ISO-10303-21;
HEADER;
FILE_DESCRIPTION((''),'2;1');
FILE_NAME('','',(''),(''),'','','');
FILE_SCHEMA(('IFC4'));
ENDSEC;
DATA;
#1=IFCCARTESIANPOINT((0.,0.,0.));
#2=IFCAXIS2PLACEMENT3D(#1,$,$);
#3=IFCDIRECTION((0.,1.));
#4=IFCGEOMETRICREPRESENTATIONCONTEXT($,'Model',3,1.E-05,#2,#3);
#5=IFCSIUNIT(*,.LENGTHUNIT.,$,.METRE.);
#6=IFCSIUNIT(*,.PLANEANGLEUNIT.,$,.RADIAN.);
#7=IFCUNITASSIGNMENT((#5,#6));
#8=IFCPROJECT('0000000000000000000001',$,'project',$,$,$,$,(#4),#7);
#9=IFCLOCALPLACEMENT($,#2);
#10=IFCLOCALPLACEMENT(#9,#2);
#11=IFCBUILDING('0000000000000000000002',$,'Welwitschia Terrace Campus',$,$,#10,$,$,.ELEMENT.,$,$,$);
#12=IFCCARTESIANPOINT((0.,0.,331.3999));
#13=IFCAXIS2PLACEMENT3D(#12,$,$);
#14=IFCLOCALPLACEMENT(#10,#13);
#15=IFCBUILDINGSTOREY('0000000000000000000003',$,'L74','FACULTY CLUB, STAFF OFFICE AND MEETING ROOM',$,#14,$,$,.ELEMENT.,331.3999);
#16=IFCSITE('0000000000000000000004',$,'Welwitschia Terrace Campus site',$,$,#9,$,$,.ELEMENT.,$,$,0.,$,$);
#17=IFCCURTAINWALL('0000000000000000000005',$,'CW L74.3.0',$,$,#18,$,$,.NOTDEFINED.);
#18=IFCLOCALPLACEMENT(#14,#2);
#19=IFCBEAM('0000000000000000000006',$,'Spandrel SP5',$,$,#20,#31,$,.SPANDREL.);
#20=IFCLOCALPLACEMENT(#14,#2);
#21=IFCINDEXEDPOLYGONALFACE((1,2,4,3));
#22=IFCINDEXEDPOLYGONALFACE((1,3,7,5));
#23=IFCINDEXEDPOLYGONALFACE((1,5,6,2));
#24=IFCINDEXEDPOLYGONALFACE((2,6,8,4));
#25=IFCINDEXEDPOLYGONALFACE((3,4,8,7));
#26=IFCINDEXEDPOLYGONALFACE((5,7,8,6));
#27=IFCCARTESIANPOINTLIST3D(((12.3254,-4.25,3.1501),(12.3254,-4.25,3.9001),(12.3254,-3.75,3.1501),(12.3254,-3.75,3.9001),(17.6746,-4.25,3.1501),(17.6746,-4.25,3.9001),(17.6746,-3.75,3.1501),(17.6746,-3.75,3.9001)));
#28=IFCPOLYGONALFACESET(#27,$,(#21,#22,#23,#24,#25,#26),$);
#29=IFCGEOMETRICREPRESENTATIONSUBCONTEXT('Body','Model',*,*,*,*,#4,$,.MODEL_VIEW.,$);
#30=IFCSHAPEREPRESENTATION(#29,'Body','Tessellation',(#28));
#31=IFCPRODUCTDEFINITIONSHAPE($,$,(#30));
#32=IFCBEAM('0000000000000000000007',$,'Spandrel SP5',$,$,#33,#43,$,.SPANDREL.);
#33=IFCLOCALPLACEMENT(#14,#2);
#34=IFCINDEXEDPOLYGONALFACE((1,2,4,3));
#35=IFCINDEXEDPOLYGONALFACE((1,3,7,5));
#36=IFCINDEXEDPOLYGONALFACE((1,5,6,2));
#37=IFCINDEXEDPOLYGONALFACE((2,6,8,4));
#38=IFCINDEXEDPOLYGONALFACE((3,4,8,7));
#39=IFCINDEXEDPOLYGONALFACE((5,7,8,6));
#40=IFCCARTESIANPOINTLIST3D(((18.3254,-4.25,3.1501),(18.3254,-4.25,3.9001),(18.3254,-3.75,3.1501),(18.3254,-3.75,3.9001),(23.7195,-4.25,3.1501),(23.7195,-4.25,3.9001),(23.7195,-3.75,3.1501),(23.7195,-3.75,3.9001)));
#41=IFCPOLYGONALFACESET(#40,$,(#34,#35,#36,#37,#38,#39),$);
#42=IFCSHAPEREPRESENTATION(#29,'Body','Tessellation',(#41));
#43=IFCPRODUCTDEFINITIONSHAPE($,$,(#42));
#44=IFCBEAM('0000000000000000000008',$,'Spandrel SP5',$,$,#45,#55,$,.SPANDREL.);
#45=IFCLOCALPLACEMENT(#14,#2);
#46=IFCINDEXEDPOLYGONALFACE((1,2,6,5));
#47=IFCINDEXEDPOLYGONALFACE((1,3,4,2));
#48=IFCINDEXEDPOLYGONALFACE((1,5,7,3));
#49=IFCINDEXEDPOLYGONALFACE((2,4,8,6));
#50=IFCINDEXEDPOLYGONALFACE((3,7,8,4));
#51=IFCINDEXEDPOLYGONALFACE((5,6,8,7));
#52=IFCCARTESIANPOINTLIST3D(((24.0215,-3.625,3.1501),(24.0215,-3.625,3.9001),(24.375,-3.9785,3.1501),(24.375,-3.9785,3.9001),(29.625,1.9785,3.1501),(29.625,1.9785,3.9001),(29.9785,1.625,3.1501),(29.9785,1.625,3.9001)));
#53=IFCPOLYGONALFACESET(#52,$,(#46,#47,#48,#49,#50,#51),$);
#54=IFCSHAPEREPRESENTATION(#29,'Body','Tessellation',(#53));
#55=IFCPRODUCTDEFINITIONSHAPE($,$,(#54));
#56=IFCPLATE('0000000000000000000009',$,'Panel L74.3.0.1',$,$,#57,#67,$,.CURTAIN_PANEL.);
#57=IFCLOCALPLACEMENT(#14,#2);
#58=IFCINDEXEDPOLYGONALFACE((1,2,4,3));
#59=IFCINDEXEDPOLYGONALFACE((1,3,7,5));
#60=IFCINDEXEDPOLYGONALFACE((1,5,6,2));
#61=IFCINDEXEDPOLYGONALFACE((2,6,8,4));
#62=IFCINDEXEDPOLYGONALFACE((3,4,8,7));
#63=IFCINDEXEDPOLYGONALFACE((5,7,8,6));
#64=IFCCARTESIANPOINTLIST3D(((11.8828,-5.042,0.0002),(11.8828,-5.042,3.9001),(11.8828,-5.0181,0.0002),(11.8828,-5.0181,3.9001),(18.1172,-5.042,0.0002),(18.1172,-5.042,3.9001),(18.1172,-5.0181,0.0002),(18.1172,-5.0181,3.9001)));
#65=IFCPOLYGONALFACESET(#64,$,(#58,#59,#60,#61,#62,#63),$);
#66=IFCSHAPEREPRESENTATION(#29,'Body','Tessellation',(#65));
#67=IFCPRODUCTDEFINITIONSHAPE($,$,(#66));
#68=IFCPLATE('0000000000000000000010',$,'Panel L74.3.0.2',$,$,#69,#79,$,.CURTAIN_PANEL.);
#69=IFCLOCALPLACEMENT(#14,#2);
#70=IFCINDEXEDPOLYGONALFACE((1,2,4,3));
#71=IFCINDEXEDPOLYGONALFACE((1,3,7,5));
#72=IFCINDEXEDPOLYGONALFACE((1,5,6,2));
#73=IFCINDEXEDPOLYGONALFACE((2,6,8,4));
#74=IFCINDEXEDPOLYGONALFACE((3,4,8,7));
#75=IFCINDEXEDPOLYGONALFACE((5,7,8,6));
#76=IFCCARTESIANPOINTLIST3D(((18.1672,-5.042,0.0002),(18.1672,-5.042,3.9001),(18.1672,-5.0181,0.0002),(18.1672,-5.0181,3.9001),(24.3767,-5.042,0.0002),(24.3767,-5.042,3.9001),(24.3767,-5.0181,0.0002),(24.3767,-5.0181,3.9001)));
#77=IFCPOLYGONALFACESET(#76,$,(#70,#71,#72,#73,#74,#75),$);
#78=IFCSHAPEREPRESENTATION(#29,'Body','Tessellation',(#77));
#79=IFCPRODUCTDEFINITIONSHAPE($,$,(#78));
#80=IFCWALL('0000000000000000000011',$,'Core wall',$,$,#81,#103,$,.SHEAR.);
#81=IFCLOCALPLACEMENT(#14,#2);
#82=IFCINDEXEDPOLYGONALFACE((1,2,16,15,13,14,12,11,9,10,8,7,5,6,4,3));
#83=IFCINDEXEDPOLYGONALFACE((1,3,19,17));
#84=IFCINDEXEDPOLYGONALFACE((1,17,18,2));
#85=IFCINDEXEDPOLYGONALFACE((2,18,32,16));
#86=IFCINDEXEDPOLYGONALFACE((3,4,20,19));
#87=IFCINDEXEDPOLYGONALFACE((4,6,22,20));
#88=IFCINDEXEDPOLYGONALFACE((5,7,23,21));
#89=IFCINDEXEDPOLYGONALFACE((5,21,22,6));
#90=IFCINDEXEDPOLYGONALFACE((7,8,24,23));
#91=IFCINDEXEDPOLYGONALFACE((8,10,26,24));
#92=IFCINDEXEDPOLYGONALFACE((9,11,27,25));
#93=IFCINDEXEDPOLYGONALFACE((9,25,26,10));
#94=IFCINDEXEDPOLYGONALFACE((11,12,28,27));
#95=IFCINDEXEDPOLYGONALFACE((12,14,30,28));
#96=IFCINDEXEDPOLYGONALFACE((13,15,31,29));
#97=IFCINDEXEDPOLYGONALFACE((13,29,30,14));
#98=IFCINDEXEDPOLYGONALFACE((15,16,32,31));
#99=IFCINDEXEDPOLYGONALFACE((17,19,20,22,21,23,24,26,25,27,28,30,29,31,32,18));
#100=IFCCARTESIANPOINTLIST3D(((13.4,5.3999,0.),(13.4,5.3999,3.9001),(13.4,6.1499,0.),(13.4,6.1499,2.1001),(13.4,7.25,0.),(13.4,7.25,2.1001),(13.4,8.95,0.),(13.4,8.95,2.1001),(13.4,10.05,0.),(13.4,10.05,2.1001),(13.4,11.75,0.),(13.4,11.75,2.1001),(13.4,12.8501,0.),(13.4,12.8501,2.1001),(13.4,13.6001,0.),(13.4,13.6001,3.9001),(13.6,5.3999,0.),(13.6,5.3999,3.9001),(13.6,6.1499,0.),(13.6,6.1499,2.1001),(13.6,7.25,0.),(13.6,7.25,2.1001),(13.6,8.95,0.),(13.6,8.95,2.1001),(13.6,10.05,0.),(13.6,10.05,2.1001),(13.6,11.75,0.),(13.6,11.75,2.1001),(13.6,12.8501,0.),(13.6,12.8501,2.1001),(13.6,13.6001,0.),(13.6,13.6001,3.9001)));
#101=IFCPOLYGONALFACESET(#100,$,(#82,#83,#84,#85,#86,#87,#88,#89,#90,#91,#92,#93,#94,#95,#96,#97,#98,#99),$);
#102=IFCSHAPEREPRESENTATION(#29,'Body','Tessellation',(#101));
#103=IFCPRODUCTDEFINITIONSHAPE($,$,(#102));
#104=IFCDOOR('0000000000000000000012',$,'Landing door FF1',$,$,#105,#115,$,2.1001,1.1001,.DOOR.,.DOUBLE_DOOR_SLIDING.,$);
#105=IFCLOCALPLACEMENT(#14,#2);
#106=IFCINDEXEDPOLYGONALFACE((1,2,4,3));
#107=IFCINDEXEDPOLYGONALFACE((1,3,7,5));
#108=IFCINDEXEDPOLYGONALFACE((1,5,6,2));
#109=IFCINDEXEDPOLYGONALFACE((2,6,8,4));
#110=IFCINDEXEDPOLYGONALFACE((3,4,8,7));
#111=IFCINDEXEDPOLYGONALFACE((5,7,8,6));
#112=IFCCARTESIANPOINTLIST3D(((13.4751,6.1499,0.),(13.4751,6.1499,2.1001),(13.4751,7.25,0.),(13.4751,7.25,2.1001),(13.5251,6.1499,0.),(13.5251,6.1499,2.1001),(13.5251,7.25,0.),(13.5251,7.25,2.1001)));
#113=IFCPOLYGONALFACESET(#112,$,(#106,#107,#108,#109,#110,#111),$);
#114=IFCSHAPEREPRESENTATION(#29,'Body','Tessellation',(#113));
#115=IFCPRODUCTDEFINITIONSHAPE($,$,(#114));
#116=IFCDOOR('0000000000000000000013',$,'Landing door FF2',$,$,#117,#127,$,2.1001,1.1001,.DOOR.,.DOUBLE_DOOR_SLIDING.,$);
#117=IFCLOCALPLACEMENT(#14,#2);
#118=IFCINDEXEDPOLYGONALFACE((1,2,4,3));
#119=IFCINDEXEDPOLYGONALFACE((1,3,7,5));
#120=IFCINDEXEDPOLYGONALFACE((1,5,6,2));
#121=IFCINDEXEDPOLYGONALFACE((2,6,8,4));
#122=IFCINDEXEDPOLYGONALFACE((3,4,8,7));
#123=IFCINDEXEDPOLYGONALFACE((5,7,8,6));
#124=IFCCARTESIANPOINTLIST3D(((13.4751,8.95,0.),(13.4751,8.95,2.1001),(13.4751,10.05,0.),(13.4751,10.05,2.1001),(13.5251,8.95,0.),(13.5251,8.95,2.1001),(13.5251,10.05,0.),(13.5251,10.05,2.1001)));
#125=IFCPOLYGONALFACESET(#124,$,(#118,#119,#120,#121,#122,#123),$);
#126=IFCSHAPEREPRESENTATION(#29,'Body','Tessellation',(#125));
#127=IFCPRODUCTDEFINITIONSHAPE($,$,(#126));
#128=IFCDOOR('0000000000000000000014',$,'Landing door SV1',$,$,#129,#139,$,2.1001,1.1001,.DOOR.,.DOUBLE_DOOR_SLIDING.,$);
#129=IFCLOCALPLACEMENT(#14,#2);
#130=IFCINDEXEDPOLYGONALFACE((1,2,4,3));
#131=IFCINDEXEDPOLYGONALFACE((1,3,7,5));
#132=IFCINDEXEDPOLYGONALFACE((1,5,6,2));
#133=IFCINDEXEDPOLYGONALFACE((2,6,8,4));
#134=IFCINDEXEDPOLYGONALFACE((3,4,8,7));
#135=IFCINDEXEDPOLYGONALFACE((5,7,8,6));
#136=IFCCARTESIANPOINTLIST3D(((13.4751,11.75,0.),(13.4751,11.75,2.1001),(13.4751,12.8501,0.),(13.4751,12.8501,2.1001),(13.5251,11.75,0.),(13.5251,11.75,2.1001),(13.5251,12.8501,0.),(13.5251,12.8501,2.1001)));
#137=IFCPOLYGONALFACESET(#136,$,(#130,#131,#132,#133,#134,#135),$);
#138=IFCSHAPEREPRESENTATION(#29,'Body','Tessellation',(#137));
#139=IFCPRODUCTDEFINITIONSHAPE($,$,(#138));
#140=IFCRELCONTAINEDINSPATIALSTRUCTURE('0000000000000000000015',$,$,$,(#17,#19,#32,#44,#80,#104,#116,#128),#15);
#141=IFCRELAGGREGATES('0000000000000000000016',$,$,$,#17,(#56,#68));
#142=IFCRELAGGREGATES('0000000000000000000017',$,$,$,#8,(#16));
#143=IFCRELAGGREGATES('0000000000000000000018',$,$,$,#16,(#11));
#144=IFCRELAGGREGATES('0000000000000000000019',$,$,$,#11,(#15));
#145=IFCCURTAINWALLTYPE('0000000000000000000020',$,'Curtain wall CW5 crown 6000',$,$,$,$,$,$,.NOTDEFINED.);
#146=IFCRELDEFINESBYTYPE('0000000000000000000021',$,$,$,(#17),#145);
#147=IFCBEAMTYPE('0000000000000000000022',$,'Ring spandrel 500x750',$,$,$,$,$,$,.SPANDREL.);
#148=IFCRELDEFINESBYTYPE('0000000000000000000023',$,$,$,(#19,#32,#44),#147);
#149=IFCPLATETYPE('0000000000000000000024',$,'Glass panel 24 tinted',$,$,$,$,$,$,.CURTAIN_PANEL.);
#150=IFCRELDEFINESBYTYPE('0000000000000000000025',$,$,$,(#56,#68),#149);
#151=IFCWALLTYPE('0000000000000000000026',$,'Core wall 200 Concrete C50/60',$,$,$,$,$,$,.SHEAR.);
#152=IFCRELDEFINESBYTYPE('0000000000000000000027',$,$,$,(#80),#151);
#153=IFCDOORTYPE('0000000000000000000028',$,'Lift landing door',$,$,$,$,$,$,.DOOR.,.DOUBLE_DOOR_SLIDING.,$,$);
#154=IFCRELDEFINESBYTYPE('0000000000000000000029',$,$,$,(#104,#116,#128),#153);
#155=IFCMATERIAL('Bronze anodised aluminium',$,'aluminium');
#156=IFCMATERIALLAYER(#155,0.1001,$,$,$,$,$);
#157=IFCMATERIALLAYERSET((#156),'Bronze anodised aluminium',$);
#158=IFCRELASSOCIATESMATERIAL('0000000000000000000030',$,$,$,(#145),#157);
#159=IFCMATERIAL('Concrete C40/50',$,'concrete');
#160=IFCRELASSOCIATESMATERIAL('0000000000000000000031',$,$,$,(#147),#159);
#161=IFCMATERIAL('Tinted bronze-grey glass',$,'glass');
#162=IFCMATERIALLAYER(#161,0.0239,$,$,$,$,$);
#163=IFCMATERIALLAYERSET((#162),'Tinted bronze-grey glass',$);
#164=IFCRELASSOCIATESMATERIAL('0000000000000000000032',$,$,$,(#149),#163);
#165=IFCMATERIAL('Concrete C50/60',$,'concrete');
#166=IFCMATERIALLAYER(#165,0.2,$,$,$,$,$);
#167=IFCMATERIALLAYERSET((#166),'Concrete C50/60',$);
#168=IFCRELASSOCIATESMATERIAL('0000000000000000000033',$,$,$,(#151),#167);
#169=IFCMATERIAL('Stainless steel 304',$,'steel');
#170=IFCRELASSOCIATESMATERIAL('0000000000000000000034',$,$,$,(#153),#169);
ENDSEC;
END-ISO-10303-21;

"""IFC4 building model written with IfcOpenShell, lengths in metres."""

from ifc_helpers import new_model, si_unit, direction, frame, frame_2d, origin, origin_2d, place, context, subcontext, project, spatial, rectangle, extrude, material, layer, layer_set, material_profile, profile_set, type_object, element, fill, aggregate, save


model = new_model("IFC4")

# Units and contexts
model_context = context("Model", 3, precision=1e-05, world=origin(), true_north=direction((0.0, 1.0)))
body_context = subcontext(model_context, "Body", "Model", "MODEL_VIEW")
ifc_project = project(units=[si_unit("LENGTHUNIT", "METRE"), si_unit("PLANEANGLEUNIT", "RADIAN")], contexts=[model_context])

# Site, building, storey
site_placement = place(None, origin())
site = spatial("IfcSite", under=ifc_project, at=site_placement, Name="Welwitschia Terrace Campus site", CompositionType="ELEMENT", RefElevation=0.0)
building_placement = place(site_placement, origin())
building = spatial("IfcBuilding", under=site, at=building_placement, Name="Welwitschia Terrace Campus", CompositionType="ELEMENT")
storey_placement = place(building_placement, frame((0.0, 0.0, 331.3999)))
storey = spatial("IfcBuildingStorey", under=building, at=storey_placement, Name="L74", Description="FACULTY CLUB, STAFF OFFICE AND MEETING ROOM", CompositionType="ELEMENT", Elevation=331.3999)

# Curtain wall
ifc_material_1 = material(Name="Bronze anodised aluminium", Category="aluminium")
ifc_layer_1 = layer(ifc_material_1, 0.1001)
ifc_layer_set_1 = layer_set([ifc_layer_1], Name="Bronze anodised aluminium")
curtain_wall_type = type_object("IfcCurtainWallType", Name="Curtain wall CW5 crown 6000", PredefinedType="NOTDEFINED", material=ifc_layer_set_1)
curtain_wall_placement = place(storey_placement, origin())
curtain_wall = element("IfcCurtainWall", 1, at=curtain_wall_placement, inside=storey, type_object=curtain_wall_type, Name="CW L74.3.0", PredefinedType="NOTDEFINED")

# Beams
ifc_material_2 = material(Name="Concrete C40/50", Category="concrete")
ifc_material_profile_1 = material_profile(ifc_material_2, rectangle(XDim=0.5, YDim=0.75, at=origin_2d()))
ifc_profile_set_1 = profile_set([ifc_material_profile_1], Name="Concrete C40/50")
beam_type_1 = type_object("IfcBeamType", Name="Ring spandrel 500x750", PredefinedType="SPANDREL", material=ifc_profile_set_1)
beam_1_placement = place(storey_placement, frame((12.3254, -4.0, 3.5251), z_axis=(1.0, 0.0, 0.0), x_axis=(0.0, 1.0, 0.0)))
element("IfcBeam", 2, at=beam_1_placement, inside=storey, type_object=beam_type_1, Name="Spandrel SP5", PredefinedType="SPANDREL", context=body_context, shape_type="SweptSolid", body=[
    extrude(rectangle(XDim=0.5, YDim=0.75, at=origin_2d()), origin(), (0.0, 0.0, 1.0), 5.3491),
])
beam_2_placement = place(storey_placement, frame((18.3254, -4.0, 3.5251), z_axis=(1.0, 0.0, 0.0), x_axis=(0.0, 1.0, 0.0)))
element("IfcBeam", 3, at=beam_2_placement, inside=storey, type_object=beam_type_1, Name="Spandrel SP5", PredefinedType="SPANDREL", context=body_context, shape_type="SweptSolid", body=[
    extrude(rectangle(XDim=0.5, YDim=0.75, at=origin_2d()), origin(), (0.0, 0.0, 1.0), 5.394),
])
beam_3_placement = place(storey_placement, frame((24.1982, -3.8018, 3.5251), z_axis=(0.707107, 0.707107, 0.0), x_axis=(-0.707107, 0.707107, 0.0)))
element("IfcBeam", 4, at=beam_3_placement, inside=storey, type_object=beam_type_1, Name="Spandrel SP5", PredefinedType="SPANDREL", context=body_context, shape_type="SweptSolid", body=[
    extrude(rectangle(XDim=0.5, YDim=0.75, at=origin_2d()), origin(), (0.0, 0.0, 1.0), 7.9246),
])

# Plates
ifc_material_3 = material(Name="Tinted bronze-grey glass", Category="glass")
ifc_layer_2 = layer(ifc_material_3, 0.0239)
ifc_layer_set_2 = layer_set([ifc_layer_2], Name="Tinted bronze-grey glass")
plate_type = type_object("IfcPlateType", Name="Glass panel 24 tinted", PredefinedType="CURTAIN_PANEL", material=ifc_layer_set_2)
plate_1_placement = place(storey_placement, frame((15.0, -5.03, 0.0002), z_axis=(0.0, 0.0, 1.0), x_axis=(1.0, 0.0, 0.0)))
plate_1 = element("IfcPlate", 5, at=plate_1_placement, type_object=plate_type, Name="Panel L74.3.0.1", PredefinedType="CURTAIN_PANEL", context=body_context, shape_type="SweptSolid", body=[
    extrude(rectangle(XDim=6.2344, YDim=0.0239, at=origin_2d()), origin(), (0.0, 0.0, 1.0), 3.8999),
])
plate_2_placement = place(storey_placement, frame((21.272, -5.03, 0.0002), z_axis=(0.0, 0.0, 1.0), x_axis=(1.0, 0.0, 0.0)))
plate_2 = element("IfcPlate", 6, at=plate_2_placement, type_object=plate_type, Name="Panel L74.3.0.2", PredefinedType="CURTAIN_PANEL", context=body_context, shape_type="SweptSolid", body=[
    extrude(rectangle(XDim=6.2095, YDim=0.0239, at=origin_2d()), origin(), (0.0, 0.0, 1.0), 3.8999),
])
aggregate(curtain_wall, [plate_1, plate_2])

# Wall, openings, doors
ifc_material_4 = material(Name="Concrete C50/60", Category="concrete")
ifc_layer_3 = layer(ifc_material_4, 0.2)
ifc_layer_set_3 = layer_set([ifc_layer_3], Name="Concrete C50/60")
wall_type_1 = type_object("IfcWallType", Name="Core wall 200 Concrete C50/60", PredefinedType="SHEAR", material=ifc_layer_set_3)
wall_1_placement = place(storey_placement, frame((13.5, 5.3999, 0.0), z_axis=(0.0, 0.0, 1.0), x_axis=(0.0, 1.0, 0.0)))
wall_1 = element("IfcWall", 7, at=wall_1_placement, inside=storey, type_object=wall_type_1, Name="Core wall", PredefinedType="SHEAR", context=body_context, shape_type="SweptSolid", body=[
    extrude(rectangle(XDim=8.2002, YDim=0.2, at=frame_2d((4.1001, 0.0))), origin(), (0.0, 0.0, 1.0), 3.9001),
])
opening_1_placement = place(wall_1_placement, frame((0.75, 0.0, 0.0)))
opening_1 = element("IfcOpeningElement", 8, at=opening_1_placement, cuts=wall_1, PredefinedType="OPENING", context=body_context, shape_type="SweptSolid", body=[
    extrude(rectangle(XDim=1.1001, YDim=2.1001, at=frame_2d((0.55, 1.05))), frame((0.0, 0.1099, 0.0), z_axis=(0.0, -1.0, 0.0), x_axis=(1.0, 0.0, 0.0)), (0.0, 0.0, 1.0), 0.22),
])
opening_2_placement = place(wall_1_placement, frame((3.55, 0.0, 0.0)))
opening_2 = element("IfcOpeningElement", 9, at=opening_2_placement, cuts=wall_1, PredefinedType="OPENING", context=body_context, shape_type="SweptSolid", body=[
    extrude(rectangle(XDim=1.1001, YDim=2.1001, at=frame_2d((0.55, 1.05))), frame((0.0, 0.1099, 0.0), z_axis=(0.0, -1.0, 0.0), x_axis=(1.0, 0.0, 0.0)), (0.0, 0.0, 1.0), 0.22),
])
opening_3_placement = place(wall_1_placement, frame((6.3501, 0.0, 0.0)))
opening_3 = element("IfcOpeningElement", 10, at=opening_3_placement, cuts=wall_1, PredefinedType="OPENING", context=body_context, shape_type="SweptSolid", body=[
    extrude(rectangle(XDim=1.1001, YDim=2.1001, at=frame_2d((0.55, 1.05))), frame((0.0, 0.1099, 0.0), z_axis=(0.0, -1.0, 0.0), x_axis=(1.0, 0.0, 0.0)), (0.0, 0.0, 1.0), 0.22),
])
ifc_material_5 = material(Name="Stainless steel 304", Category="steel")
door_type_1 = type_object("IfcDoorType", Name="Lift landing door", OperationType="DOUBLE_DOOR_SLIDING", PredefinedType="DOOR", material=ifc_material_5)
door_1_placement = place(opening_1_placement, origin())
door_1 = element("IfcDoor", 11, at=door_1_placement, inside=storey, type_object=door_type_1, Name="Landing door FF1", OperationType="DOUBLE_DOOR_SLIDING", OverallHeight=2.1001, OverallWidth=1.1001, PredefinedType="DOOR", context=body_context, shape_type="SweptSolid", body=[
    extrude(rectangle(XDim=1.1001, YDim=2.1001, at=frame_2d((0.55, 1.05))), frame((0.0, 0.0249, 0.0), z_axis=(0.0, -1.0, 0.0), x_axis=(1.0, 0.0, 0.0)), (0.0, 0.0, 1.0), 0.05),
])
fill(opening_1, door_1)
door_2_placement = place(opening_2_placement, origin())
door_2 = element("IfcDoor", 12, at=door_2_placement, inside=storey, type_object=door_type_1, Name="Landing door FF2", OperationType="DOUBLE_DOOR_SLIDING", OverallHeight=2.1001, OverallWidth=1.1001, PredefinedType="DOOR", context=body_context, shape_type="SweptSolid", body=[
    extrude(rectangle(XDim=1.1001, YDim=2.1001, at=frame_2d((0.55, 1.05))), frame((0.0, 0.0249, 0.0), z_axis=(0.0, -1.0, 0.0), x_axis=(1.0, 0.0, 0.0)), (0.0, 0.0, 1.0), 0.05),
])
fill(opening_2, door_2)
door_3_placement = place(opening_3_placement, origin())
door_3 = element("IfcDoor", 13, at=door_3_placement, inside=storey, type_object=door_type_1, Name="Landing door SV1", OperationType="DOUBLE_DOOR_SLIDING", OverallHeight=2.1001, OverallWidth=1.1001, PredefinedType="DOOR", context=body_context, shape_type="SweptSolid", body=[
    extrude(rectangle(XDim=1.1001, YDim=2.1001, at=frame_2d((0.55, 1.05))), frame((0.0, 0.0249, 0.0), z_axis=(0.0, -1.0, 0.0), x_axis=(1.0, 0.0, 0.0)), (0.0, 0.0, 1.0), 0.05),
])
fill(opening_3, door_3)

save(model, "model.ifc")
